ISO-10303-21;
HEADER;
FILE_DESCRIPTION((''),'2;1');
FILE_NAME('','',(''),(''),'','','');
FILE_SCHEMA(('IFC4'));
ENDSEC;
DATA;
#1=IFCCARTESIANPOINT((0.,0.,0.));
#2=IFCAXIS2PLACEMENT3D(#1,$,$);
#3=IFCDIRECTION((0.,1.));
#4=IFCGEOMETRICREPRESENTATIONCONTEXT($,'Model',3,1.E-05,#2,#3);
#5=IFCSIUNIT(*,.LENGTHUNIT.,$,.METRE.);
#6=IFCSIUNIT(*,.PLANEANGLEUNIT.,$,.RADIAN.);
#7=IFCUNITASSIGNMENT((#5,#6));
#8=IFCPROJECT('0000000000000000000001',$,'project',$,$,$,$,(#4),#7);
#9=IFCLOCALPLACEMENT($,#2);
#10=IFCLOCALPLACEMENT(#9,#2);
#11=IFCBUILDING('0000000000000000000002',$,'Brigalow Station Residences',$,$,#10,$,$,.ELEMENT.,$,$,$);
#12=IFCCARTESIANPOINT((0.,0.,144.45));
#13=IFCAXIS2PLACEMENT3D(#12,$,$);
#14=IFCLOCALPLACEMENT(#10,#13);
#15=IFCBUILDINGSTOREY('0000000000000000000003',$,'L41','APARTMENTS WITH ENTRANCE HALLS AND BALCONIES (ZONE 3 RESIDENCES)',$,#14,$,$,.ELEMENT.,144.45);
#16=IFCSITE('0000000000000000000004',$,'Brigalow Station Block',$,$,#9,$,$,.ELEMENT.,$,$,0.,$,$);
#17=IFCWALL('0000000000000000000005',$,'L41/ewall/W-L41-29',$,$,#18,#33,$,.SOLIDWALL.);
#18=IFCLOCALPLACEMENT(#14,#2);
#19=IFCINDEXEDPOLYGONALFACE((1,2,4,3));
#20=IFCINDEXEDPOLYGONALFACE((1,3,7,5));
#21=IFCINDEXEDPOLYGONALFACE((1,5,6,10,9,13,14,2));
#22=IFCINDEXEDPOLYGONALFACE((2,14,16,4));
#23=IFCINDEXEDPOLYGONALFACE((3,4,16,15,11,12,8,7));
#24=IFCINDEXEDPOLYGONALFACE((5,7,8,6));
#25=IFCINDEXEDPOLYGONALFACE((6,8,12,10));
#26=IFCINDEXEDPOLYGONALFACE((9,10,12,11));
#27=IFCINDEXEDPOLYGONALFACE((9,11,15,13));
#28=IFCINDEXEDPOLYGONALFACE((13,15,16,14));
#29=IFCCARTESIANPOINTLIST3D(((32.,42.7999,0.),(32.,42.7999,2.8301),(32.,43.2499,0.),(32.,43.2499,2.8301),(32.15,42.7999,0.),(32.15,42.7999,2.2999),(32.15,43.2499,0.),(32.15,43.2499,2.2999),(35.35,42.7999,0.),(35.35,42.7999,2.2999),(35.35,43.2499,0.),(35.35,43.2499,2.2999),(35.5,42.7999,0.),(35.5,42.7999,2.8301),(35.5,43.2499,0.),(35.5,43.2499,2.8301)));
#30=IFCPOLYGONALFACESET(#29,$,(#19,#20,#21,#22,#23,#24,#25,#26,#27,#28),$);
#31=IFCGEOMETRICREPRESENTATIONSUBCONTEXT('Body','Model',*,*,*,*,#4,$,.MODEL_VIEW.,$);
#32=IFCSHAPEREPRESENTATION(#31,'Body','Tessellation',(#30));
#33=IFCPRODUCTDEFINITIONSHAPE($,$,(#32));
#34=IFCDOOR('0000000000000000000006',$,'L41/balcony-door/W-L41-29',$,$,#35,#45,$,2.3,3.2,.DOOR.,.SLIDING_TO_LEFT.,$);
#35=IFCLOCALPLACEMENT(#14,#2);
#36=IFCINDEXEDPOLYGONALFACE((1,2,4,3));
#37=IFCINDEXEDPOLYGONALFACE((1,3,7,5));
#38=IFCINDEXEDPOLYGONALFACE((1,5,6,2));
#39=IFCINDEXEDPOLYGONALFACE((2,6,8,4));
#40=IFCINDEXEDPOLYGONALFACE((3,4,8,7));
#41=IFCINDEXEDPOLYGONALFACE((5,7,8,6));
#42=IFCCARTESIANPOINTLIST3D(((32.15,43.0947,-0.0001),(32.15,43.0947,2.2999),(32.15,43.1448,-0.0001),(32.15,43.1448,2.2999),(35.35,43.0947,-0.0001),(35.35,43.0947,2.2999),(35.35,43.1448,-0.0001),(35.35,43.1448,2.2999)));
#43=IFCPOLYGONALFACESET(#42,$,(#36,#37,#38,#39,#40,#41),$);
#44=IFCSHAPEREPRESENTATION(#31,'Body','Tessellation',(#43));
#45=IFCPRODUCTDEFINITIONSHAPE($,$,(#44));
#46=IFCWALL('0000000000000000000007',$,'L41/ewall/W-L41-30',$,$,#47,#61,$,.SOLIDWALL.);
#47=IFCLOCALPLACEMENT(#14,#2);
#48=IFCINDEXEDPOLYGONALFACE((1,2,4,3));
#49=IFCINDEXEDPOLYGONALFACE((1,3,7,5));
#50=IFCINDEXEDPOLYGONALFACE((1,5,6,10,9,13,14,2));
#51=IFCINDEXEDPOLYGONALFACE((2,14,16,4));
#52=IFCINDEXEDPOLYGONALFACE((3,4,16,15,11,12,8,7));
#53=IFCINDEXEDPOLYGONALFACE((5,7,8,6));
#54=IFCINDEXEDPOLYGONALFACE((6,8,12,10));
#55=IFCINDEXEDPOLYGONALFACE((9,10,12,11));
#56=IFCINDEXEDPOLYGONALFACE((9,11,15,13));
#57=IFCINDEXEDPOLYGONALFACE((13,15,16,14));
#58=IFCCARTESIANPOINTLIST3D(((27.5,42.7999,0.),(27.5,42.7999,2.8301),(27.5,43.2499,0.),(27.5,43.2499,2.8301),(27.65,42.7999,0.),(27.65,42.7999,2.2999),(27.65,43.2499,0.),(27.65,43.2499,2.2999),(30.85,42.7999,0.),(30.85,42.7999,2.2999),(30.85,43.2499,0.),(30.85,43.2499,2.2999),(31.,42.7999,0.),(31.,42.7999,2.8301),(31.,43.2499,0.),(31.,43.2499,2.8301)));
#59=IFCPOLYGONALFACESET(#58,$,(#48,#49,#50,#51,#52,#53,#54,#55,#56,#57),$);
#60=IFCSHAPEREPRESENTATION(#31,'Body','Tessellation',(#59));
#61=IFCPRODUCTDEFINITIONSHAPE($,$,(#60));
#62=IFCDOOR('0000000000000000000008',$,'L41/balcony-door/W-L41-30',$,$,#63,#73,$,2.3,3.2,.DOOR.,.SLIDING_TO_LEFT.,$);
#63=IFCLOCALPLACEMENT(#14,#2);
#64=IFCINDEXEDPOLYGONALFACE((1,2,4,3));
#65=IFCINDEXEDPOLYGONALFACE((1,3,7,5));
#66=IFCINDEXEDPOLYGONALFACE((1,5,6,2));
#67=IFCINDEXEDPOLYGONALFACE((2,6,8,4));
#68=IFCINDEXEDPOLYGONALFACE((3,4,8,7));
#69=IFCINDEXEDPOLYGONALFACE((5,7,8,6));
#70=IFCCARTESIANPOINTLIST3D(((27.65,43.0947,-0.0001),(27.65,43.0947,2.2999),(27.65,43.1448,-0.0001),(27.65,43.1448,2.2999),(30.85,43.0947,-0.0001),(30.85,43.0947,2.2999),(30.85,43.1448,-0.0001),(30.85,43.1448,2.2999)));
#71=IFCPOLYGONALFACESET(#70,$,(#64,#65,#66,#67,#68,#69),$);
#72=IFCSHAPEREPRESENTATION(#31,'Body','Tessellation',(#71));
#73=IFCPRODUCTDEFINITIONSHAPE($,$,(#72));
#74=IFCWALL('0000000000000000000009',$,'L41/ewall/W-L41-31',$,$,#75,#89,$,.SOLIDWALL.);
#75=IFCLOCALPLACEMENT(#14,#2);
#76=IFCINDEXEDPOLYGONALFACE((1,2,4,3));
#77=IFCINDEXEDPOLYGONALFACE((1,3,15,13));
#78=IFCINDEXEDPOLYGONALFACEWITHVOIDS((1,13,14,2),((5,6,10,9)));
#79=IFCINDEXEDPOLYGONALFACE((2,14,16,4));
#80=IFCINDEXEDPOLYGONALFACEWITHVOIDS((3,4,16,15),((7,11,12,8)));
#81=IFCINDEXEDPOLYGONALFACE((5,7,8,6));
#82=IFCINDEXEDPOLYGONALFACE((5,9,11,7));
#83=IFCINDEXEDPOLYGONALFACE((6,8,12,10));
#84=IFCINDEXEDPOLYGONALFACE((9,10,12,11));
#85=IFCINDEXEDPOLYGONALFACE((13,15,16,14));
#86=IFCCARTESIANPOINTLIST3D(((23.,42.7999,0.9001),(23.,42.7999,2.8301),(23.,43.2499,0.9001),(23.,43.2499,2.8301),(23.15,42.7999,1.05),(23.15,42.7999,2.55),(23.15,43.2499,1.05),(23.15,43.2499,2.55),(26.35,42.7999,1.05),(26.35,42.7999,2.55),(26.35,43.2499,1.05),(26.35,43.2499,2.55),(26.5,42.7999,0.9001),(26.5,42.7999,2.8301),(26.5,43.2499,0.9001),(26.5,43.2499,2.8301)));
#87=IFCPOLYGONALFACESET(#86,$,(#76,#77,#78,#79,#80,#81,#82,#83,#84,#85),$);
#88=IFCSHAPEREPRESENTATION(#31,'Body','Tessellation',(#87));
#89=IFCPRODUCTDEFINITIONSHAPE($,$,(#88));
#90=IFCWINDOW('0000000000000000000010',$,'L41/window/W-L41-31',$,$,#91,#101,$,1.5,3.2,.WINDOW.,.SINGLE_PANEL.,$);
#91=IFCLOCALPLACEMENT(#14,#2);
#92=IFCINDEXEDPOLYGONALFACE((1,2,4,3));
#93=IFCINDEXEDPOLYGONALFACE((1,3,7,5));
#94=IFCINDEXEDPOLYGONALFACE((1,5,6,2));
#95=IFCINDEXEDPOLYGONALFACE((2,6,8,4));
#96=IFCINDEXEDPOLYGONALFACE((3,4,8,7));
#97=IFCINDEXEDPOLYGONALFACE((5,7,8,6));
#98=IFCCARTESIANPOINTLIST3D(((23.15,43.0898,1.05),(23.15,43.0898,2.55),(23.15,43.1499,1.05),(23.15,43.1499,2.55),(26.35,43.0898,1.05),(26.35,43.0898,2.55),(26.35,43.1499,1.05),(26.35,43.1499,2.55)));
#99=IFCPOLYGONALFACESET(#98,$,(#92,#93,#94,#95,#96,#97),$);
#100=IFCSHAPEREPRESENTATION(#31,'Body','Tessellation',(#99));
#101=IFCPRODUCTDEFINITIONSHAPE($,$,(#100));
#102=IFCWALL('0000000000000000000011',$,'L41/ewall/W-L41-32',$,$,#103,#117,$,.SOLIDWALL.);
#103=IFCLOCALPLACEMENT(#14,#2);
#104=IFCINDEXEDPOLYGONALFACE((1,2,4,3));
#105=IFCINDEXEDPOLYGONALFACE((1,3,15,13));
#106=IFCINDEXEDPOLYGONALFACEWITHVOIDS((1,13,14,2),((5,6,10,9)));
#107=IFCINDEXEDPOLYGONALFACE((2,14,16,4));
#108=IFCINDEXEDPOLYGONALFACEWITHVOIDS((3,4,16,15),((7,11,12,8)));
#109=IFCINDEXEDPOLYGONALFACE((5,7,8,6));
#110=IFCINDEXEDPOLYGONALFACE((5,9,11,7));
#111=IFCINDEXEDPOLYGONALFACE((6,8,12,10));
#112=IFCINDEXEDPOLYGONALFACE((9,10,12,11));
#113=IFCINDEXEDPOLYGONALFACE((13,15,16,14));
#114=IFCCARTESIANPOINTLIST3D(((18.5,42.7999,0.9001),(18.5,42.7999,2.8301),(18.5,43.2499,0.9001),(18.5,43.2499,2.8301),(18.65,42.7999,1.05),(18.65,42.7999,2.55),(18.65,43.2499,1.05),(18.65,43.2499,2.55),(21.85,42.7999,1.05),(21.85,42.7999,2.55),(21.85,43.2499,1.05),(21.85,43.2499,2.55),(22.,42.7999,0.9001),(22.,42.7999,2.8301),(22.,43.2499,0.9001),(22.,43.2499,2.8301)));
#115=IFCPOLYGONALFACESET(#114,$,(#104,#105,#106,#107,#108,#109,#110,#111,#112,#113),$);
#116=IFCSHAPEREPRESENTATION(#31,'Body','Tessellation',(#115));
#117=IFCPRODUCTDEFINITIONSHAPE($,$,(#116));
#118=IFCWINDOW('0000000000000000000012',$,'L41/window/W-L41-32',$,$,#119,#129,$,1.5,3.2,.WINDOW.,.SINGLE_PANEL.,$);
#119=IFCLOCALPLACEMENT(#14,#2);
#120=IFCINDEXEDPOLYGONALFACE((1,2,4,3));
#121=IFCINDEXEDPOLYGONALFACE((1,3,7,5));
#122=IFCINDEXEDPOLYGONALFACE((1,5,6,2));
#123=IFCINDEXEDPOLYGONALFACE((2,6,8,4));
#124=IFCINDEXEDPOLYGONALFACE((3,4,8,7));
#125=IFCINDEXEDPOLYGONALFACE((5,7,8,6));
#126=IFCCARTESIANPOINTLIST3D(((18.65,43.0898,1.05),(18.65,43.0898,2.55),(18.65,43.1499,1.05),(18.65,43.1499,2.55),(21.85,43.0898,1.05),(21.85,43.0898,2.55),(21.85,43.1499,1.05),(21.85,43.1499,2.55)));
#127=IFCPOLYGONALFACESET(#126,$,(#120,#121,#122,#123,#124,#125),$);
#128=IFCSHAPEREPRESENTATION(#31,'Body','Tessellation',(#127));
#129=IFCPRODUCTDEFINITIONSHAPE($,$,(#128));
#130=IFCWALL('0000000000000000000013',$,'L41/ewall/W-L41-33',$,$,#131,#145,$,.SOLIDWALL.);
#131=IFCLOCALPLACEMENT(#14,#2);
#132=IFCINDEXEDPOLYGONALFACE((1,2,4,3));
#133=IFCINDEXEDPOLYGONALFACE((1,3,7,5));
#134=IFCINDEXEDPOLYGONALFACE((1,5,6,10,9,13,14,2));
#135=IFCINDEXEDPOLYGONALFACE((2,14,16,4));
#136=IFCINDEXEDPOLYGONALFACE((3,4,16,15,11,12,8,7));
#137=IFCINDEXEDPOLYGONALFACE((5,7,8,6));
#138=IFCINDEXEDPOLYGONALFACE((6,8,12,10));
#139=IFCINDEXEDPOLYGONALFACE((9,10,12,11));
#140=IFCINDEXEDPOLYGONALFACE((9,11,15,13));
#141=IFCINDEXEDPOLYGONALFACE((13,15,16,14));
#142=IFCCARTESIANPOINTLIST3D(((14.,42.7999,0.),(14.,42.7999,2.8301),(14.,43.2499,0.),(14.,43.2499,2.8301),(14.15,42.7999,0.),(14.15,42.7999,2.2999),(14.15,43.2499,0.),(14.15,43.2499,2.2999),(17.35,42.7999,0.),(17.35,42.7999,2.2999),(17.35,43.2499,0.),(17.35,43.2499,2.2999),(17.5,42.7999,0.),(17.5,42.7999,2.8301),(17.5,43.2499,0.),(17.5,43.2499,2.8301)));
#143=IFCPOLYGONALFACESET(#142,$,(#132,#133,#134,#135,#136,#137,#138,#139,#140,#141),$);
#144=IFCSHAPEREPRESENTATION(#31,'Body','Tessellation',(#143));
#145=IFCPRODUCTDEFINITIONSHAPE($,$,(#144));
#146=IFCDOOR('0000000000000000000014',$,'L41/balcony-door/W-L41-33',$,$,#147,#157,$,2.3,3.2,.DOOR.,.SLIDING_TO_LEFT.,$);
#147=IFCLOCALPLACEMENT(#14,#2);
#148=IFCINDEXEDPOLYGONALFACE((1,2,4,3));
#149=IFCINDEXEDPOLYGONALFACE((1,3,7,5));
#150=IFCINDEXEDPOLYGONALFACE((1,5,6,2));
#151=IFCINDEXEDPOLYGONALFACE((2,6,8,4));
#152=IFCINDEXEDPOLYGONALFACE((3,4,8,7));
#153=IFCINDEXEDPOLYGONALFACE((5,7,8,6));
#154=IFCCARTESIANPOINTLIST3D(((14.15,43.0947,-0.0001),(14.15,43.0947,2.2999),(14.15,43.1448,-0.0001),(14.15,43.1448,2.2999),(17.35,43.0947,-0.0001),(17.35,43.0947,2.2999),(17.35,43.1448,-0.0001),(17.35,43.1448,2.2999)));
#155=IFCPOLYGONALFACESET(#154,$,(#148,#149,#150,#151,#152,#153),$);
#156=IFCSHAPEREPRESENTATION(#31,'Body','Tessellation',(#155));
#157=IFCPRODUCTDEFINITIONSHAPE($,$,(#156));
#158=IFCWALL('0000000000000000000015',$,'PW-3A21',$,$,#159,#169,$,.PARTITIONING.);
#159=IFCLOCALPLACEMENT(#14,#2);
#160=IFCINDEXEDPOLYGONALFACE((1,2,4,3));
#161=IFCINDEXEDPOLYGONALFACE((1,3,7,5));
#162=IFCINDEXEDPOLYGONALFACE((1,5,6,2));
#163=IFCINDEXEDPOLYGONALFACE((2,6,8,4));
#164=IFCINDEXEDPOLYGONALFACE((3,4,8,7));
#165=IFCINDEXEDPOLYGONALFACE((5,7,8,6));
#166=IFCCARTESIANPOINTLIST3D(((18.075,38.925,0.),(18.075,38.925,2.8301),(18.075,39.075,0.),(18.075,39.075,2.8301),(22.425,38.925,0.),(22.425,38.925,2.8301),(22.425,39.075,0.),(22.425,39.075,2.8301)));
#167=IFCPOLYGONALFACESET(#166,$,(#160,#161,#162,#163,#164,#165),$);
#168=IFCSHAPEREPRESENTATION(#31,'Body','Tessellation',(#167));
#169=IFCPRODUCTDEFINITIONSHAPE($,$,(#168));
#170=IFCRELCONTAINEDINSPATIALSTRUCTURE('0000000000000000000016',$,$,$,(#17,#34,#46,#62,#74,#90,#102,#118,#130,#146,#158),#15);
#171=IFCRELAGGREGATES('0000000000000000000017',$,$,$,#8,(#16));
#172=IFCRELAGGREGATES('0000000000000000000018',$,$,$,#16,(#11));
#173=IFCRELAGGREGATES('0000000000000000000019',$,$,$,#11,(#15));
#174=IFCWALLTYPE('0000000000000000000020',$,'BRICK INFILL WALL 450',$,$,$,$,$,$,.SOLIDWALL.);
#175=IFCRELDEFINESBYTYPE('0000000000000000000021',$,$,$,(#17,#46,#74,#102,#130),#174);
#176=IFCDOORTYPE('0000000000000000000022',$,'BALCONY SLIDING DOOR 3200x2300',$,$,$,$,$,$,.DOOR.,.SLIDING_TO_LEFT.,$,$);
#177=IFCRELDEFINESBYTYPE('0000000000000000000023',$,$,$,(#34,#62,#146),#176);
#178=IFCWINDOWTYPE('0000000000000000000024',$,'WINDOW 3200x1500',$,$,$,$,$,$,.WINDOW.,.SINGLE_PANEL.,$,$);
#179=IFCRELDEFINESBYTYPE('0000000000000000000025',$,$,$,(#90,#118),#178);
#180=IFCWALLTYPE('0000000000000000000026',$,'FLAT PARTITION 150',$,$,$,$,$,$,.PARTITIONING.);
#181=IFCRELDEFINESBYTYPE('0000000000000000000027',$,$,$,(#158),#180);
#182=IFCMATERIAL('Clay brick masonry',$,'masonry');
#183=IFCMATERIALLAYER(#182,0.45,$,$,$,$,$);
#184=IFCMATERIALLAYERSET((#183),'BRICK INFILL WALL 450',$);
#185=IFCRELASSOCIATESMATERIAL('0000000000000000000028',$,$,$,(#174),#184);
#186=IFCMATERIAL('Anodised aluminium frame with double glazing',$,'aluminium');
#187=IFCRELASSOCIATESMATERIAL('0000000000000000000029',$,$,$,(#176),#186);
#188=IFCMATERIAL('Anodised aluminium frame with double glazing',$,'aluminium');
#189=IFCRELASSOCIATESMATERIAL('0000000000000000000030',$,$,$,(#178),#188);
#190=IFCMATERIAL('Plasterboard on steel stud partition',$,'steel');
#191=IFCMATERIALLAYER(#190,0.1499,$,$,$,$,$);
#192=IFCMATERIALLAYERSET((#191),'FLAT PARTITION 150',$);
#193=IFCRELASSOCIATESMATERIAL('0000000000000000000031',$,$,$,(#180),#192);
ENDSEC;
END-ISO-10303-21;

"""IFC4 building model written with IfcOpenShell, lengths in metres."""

from ifc_helpers import new_model, si_unit, direction, frame, frame_2d, origin, place, context, subcontext, project, spatial, rectangle, extrude, material, layer, layer_set, type_object, element, fill, save


model = new_model("IFC4")

# Units and contexts
model_context = context("Model", 3, precision=1e-05, world=origin(), true_north=direction((0.0, 1.0)))
body_context = subcontext(model_context, "Body", "Model", "MODEL_VIEW")
ifc_project = project(units=[si_unit("LENGTHUNIT", "METRE"), si_unit("PLANEANGLEUNIT", "RADIAN")], contexts=[model_context])

# Site, building, storey
site_placement = place(None, origin())
site = spatial("IfcSite", under=ifc_project, at=site_placement, Name="Brigalow Station Block", CompositionType="ELEMENT", RefElevation=0.0)
building_placement = place(site_placement, origin())
building = spatial("IfcBuilding", under=site, at=building_placement, Name="Brigalow Station Residences", CompositionType="ELEMENT")
storey_placement = place(building_placement, frame((0.0, 0.0, 144.45)))
storey = spatial("IfcBuildingStorey", under=building, at=storey_placement, Name="L41", Description="APARTMENTS WITH ENTRANCE HALLS AND BALCONIES (ZONE 3 RESIDENCES)", CompositionType="ELEMENT", Elevation=144.45)

# Walls, openings, doors
ifc_material_1 = material(Name="Clay brick masonry", Category="masonry")
ifc_layer_1 = layer(ifc_material_1, 0.45)
ifc_layer_set_1 = layer_set([ifc_layer_1], Name="BRICK INFILL WALL 450")
wall_type_1 = type_object("IfcWallType", Name="BRICK INFILL WALL 450", PredefinedType="SOLIDWALL", material=ifc_layer_set_1)
wall_1_placement = place(storey_placement, frame((35.5, 43.0249, 0.0), z_axis=(0.0, 0.0, 1.0), x_axis=(-1.0, 0.0, 0.0)))
wall_1 = element("IfcWall", 1, at=wall_1_placement, inside=storey, type_object=wall_type_1, Name="L41/ewall/W-L41-29", PredefinedType="SOLIDWALL", context=body_context, shape_type="SweptSolid", body=[
    extrude(rectangle(XDim=3.5, YDim=0.45, at=frame_2d((1.75, 0.0))), origin(), (0.0, 0.0, 1.0), 2.8301),
])
opening_1_placement = place(wall_1_placement, frame((0.1499, 0.0, 0.0)))
opening_1 = element("IfcOpeningElement", 2, at=opening_1_placement, cuts=wall_1, PredefinedType="OPENING", context=body_context, shape_type="SweptSolid", body=[
    extrude(rectangle(XDim=3.2, YDim=2.3, at=frame_2d((1.6001, 1.1499))), frame((0.0, 0.2349, 0.0), z_axis=(0.0, -1.0, 0.0), x_axis=(1.0, 0.0, 0.0)), (0.0, 0.0, 1.0), 0.47),
])
ifc_material_2 = material(Name="Anodised aluminium frame with double glazing", Category="aluminium")
door_type = type_object("IfcDoorType", Name="BALCONY SLIDING DOOR 3200x2300", OperationType="SLIDING_TO_LEFT", PredefinedType="DOOR", material=ifc_material_2)
door_1_placement = place(opening_1_placement, origin())
door_1 = element("IfcDoor", 3, at=door_1_placement, inside=storey, type_object=door_type, Name="L41/balcony-door/W-L41-29", OperationType="SLIDING_TO_LEFT", OverallHeight=2.3, OverallWidth=3.2, PredefinedType="DOOR", context=body_context, shape_type="SweptSolid", body=[
    extrude(rectangle(XDim=3.2, YDim=2.3, at=frame_2d((1.6001, 1.1499))), frame((0.0, -0.0698, 0.0), z_axis=(0.0, -1.0, 0.0), x_axis=(1.0, 0.0, 0.0)), (0.0, 0.0, 1.0), 0.05),
])
fill(opening_1, door_1)
wall_2_placement = place(storey_placement, frame((31.0, 43.0249, 0.0), z_axis=(0.0, 0.0, 1.0), x_axis=(-1.0, 0.0, 0.0)))
wall_2 = element("IfcWall", 4, at=wall_2_placement, inside=storey, type_object=wall_type_1, Name="L41/ewall/W-L41-30", PredefinedType="SOLIDWALL", context=body_context, shape_type="SweptSolid", body=[
    extrude(rectangle(XDim=3.5, YDim=0.45, at=frame_2d((1.75, 0.0))), origin(), (0.0, 0.0, 1.0), 2.8301),
])
opening_2_placement = place(wall_2_placement, frame((0.1499, 0.0, 0.0)))
opening_2 = element("IfcOpeningElement", 5, at=opening_2_placement, cuts=wall_2, PredefinedType="OPENING", context=body_context, shape_type="SweptSolid", body=[
    extrude(rectangle(XDim=3.2, YDim=2.3, at=frame_2d((1.6001, 1.1499))), frame((0.0, 0.2349, 0.0), z_axis=(0.0, -1.0, 0.0), x_axis=(1.0, 0.0, 0.0)), (0.0, 0.0, 1.0), 0.47),
])
door_2_placement = place(opening_2_placement, origin())
door_2 = element("IfcDoor", 6, at=door_2_placement, inside=storey, type_object=door_type, Name="L41/balcony-door/W-L41-30", OperationType="SLIDING_TO_LEFT", OverallHeight=2.3, OverallWidth=3.2, PredefinedType="DOOR", context=body_context, shape_type="SweptSolid", body=[
    extrude(rectangle(XDim=3.2, YDim=2.3, at=frame_2d((1.6001, 1.1499))), frame((0.0, -0.0698, 0.0), z_axis=(0.0, -1.0, 0.0), x_axis=(1.0, 0.0, 0.0)), (0.0, 0.0, 1.0), 0.05),
])
fill(opening_2, door_2)

# Walls, openings, windows
wall_3_placement = place(storey_placement, frame((26.5, 43.0249, 0.9001), z_axis=(0.0, 0.0, 1.0), x_axis=(-1.0, 0.0, 0.0)))
wall_3 = element("IfcWall", 7, at=wall_3_placement, inside=storey, type_object=wall_type_1, Name="L41/ewall/W-L41-31", PredefinedType="SOLIDWALL", context=body_context, shape_type="SweptSolid", body=[
    extrude(rectangle(XDim=3.5, YDim=0.45, at=frame_2d((1.75, 0.0))), origin(), (0.0, 0.0, 1.0), 1.9299),
])
opening_3_placement = place(wall_3_placement, frame((0.1499, 0.0, 0.1499)))
opening_3 = element("IfcOpeningElement", 8, at=opening_3_placement, cuts=wall_3, PredefinedType="OPENING", context=body_context, shape_type="SweptSolid", body=[
    extrude(rectangle(XDim=3.2, YDim=1.5, at=frame_2d((1.6001, 0.75))), frame((0.0, 0.2349, 0.0), z_axis=(0.0, -1.0, 0.0), x_axis=(1.0, 0.0, 0.0)), (0.0, 0.0, 1.0), 0.47),
])
ifc_material_3 = material(Name="Anodised aluminium frame with double glazing", Category="aluminium")
window_type = type_object("IfcWindowType", Name="WINDOW 3200x1500", PartitioningType="SINGLE_PANEL", PredefinedType="WINDOW", material=ifc_material_3)
window_1_placement = place(opening_3_placement, origin())
window_1 = element("IfcWindow", 9, at=window_1_placement, inside=storey, type_object=window_type, Name="L41/window/W-L41-31", OverallHeight=1.5, OverallWidth=3.2, PartitioningType="SINGLE_PANEL", PredefinedType="WINDOW", context=body_context, shape_type="SweptSolid", body=[
    extrude(rectangle(XDim=3.2, YDim=1.5, at=frame_2d((1.6001, 0.75))), frame((0.0, -0.0649, 0.0), z_axis=(0.0, -1.0, 0.0), x_axis=(1.0, 0.0, 0.0)), (0.0, 0.0, 1.0), 0.0601),
])
fill(opening_3, window_1)
wall_4_placement = place(storey_placement, frame((22.0, 43.0249, 0.9001), z_axis=(0.0, 0.0, 1.0), x_axis=(-1.0, 0.0, 0.0)))
wall_4 = element("IfcWall", 10, at=wall_4_placement, inside=storey, type_object=wall_type_1, Name="L41/ewall/W-L41-32", PredefinedType="SOLIDWALL", context=body_context, shape_type="SweptSolid", body=[
    extrude(rectangle(XDim=3.5, YDim=0.45, at=frame_2d((1.75, 0.0))), origin(), (0.0, 0.0, 1.0), 1.9299),
])
opening_4_placement = place(wall_4_placement, frame((0.1499, 0.0, 0.1499)))
opening_4 = element("IfcOpeningElement", 11, at=opening_4_placement, cuts=wall_4, PredefinedType="OPENING", context=body_context, shape_type="SweptSolid", body=[
    extrude(rectangle(XDim=3.2, YDim=1.5, at=frame_2d((1.6001, 0.75))), frame((0.0, 0.2349, 0.0), z_axis=(0.0, -1.0, 0.0), x_axis=(1.0, 0.0, 0.0)), (0.0, 0.0, 1.0), 0.47),
])
window_2_placement = place(opening_4_placement, origin())
window_2 = element("IfcWindow", 12, at=window_2_placement, inside=storey, type_object=window_type, Name="L41/window/W-L41-32", OverallHeight=1.5, OverallWidth=3.2, PartitioningType="SINGLE_PANEL", PredefinedType="WINDOW", context=body_context, shape_type="SweptSolid", body=[
    extrude(rectangle(XDim=3.2, YDim=1.5, at=frame_2d((1.6001, 0.75))), frame((0.0, -0.0649, 0.0), z_axis=(0.0, -1.0, 0.0), x_axis=(1.0, 0.0, 0.0)), (0.0, 0.0, 1.0), 0.0601),
])
fill(opening_4, window_2)

# Wall, opening, door
wall_5_placement = place(storey_placement, frame((17.5, 43.0249, 0.0), z_axis=(0.0, 0.0, 1.0), x_axis=(-1.0, 0.0, 0.0)))
wall_5 = element("IfcWall", 13, at=wall_5_placement, inside=storey, type_object=wall_type_1, Name="L41/ewall/W-L41-33", PredefinedType="SOLIDWALL", context=body_context, shape_type="SweptSolid", body=[
    extrude(rectangle(XDim=3.5, YDim=0.45, at=frame_2d((1.75, 0.0))), origin(), (0.0, 0.0, 1.0), 2.8301),
])
opening_5_placement = place(wall_5_placement, frame((0.1499, 0.0, 0.0)))
opening_5 = element("IfcOpeningElement", 14, at=opening_5_placement, cuts=wall_5, PredefinedType="OPENING", context=body_context, shape_type="SweptSolid", body=[
    extrude(rectangle(XDim=3.2, YDim=2.3, at=frame_2d((1.6001, 1.1499))), frame((0.0, 0.2349, 0.0), z_axis=(0.0, -1.0, 0.0), x_axis=(1.0, 0.0, 0.0)), (0.0, 0.0, 1.0), 0.47),
])
door_3_placement = place(opening_5_placement, origin())
door_3 = element("IfcDoor", 15, at=door_3_placement, inside=storey, type_object=door_type, Name="L41/balcony-door/W-L41-33", OperationType="SLIDING_TO_LEFT", OverallHeight=2.3, OverallWidth=3.2, PredefinedType="DOOR", context=body_context, shape_type="SweptSolid", body=[
    extrude(rectangle(XDim=3.2, YDim=2.3, at=frame_2d((1.6001, 1.1499))), frame((0.0, -0.0698, 0.0), z_axis=(0.0, -1.0, 0.0), x_axis=(1.0, 0.0, 0.0)), (0.0, 0.0, 1.0), 0.05),
])
fill(opening_5, door_3)

# Wall
ifc_material_4 = material(Name="Plasterboard on steel stud partition", Category="steel")
ifc_layer_2 = layer(ifc_material_4, 0.1499)
ifc_layer_set_2 = layer_set([ifc_layer_2], Name="FLAT PARTITION 150")
wall_type_2 = type_object("IfcWallType", Name="FLAT PARTITION 150", PredefinedType="PARTITIONING", material=ifc_layer_set_2)
wall_6_placement = place(storey_placement, frame((18.075, 39.0, 0.0), z_axis=(0.0, 0.0, 1.0), x_axis=(1.0, 0.0, 0.0)))
element("IfcWall", 16, at=wall_6_placement, inside=storey, type_object=wall_type_2, Name="PW-3A21", PredefinedType="PARTITIONING", context=body_context, shape_type="SweptSolid", body=[
    extrude(rectangle(XDim=4.3501, YDim=0.1499, at=frame_2d((2.175, 0.0))), origin(), (0.0, 0.0, 1.0), 2.8301),
])

save(model, "model.ifc")
